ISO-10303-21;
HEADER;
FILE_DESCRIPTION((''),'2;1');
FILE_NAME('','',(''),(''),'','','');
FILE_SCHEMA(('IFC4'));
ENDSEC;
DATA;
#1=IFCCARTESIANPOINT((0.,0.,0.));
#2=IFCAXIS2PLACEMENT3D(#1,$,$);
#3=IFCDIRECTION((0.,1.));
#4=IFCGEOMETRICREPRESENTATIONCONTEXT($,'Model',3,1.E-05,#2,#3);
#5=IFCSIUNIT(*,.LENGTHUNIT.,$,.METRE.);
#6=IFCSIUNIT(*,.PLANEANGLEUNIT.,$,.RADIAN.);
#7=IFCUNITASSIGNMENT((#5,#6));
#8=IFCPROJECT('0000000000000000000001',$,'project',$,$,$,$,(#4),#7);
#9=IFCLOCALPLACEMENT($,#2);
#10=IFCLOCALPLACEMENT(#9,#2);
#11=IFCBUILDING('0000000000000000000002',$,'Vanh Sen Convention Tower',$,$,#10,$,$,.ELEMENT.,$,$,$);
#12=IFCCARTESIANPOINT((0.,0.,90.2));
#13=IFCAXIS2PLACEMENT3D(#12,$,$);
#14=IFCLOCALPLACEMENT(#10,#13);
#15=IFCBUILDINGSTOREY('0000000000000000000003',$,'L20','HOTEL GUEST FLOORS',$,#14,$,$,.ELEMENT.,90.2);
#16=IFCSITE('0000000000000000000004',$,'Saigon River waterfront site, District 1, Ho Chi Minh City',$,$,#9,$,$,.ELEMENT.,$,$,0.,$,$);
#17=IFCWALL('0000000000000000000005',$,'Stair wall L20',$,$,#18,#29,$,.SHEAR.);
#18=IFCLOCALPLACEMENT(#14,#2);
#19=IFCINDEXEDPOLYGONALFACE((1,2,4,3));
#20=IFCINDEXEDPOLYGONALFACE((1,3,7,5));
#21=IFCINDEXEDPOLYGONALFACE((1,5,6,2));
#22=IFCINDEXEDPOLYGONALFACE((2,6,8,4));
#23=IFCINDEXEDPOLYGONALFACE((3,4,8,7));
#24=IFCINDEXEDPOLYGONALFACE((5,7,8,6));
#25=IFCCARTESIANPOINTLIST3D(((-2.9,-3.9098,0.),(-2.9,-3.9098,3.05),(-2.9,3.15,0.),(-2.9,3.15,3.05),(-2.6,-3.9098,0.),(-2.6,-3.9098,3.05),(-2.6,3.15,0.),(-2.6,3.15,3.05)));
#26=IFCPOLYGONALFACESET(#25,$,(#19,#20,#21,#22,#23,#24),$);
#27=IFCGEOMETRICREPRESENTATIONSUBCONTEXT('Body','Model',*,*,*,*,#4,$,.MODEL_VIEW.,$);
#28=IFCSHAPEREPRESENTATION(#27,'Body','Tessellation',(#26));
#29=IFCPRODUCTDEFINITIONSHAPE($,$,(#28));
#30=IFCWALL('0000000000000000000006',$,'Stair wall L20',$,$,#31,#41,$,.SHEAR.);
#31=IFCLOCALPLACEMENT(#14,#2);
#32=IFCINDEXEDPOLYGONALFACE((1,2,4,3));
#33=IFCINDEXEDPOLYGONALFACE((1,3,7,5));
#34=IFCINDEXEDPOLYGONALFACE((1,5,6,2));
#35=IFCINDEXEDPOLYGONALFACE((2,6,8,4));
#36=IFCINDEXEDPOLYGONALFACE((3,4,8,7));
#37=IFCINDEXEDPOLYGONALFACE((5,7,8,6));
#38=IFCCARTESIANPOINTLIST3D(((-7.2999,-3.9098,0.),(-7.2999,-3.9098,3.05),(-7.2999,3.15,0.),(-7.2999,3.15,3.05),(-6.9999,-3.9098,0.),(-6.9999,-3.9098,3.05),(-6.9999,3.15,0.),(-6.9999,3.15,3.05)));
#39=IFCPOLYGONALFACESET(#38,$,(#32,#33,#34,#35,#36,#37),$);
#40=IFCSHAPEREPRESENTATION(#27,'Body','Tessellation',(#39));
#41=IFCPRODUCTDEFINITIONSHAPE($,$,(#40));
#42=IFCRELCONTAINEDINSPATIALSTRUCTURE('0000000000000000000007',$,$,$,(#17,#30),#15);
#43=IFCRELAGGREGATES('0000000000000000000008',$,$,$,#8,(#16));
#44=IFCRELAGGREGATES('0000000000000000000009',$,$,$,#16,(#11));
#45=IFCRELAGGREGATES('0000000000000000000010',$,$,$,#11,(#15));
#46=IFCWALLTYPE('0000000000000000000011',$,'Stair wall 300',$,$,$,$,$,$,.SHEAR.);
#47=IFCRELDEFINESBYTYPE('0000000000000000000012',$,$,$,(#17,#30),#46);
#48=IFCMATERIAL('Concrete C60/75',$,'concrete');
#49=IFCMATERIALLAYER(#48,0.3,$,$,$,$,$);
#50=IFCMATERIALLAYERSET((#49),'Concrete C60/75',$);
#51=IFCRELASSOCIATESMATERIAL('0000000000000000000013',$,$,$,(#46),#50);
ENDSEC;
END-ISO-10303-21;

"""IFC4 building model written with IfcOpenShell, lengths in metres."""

from ifc_helpers import new_model, si_unit, direction, frame, frame_2d, origin, place, context, subcontext, project, spatial, rectangle, extrude, material, layer, layer_set, type_object, element, save


model = new_model("IFC4")

# Units and contexts
model_context = context("Model", 3, precision=1e-05, world=origin(), true_north=direction((0.0, 1.0)))
body_context = subcontext(model_context, "Body", "Model", "MODEL_VIEW")
ifc_project = project(units=[si_unit("LENGTHUNIT", "METRE"), si_unit("PLANEANGLEUNIT", "RADIAN")], contexts=[model_context])

# Site, building, storey
site_placement = place(None, origin())
site = spatial("IfcSite", under=ifc_project, at=site_placement, Name="Saigon River waterfront site, District 1, Ho Chi Minh City", CompositionType="ELEMENT", RefElevation=0.0)
building_placement = place(site_placement, origin())
building = spatial("IfcBuilding", under=site, at=building_placement, Name="Vanh Sen Convention Tower", CompositionType="ELEMENT")
storey_placement = place(building_placement, frame((0.0, 0.0, 90.2)))
storey = spatial("IfcBuildingStorey", under=building, at=storey_placement, Name="L20", Description="HOTEL GUEST FLOORS", CompositionType="ELEMENT", Elevation=90.2)

# Shared definitions
ifc_material_1 = material(Name="Concrete C60/75", Category="concrete")

# Shared definitions
ifc_layer_1 = layer(ifc_material_1, 0.3)
ifc_layer_set_1 = layer_set([ifc_layer_1], Name="Concrete C60/75")
wall_type_1 = type_object("IfcWallType", Name="Stair wall 300", PredefinedType="SHEAR", material=ifc_layer_set_1)

# Walls
for number, where, z_axis, x_axis, name in (
    (1, (-2.75, 3.1499, 0.0), (0.0, 0.0, 1.0), (0.0, -1.0, 0.0), "Stair wall L20"),
    (2, (-7.1499, 3.1499, 0.0), (0.0, 0.0, 1.0), (0.0, -1.0, 0.0), "Stair wall L20"),
):
    element("IfcWall", number, at=place(storey_placement, frame(where, z_axis=z_axis, x_axis=x_axis)), inside=storey, type_object=wall_type_1, Name=name, PredefinedType="SHEAR", context=body_context, shape_type="SweptSolid", body=[
        extrude(rectangle(XDim=7.0598, YDim=0.3, at=frame_2d((3.5298, 0.0))), origin(), (0.0, 0.0, 1.0), 3.05),
    ])

save(model, "model.ifc")
